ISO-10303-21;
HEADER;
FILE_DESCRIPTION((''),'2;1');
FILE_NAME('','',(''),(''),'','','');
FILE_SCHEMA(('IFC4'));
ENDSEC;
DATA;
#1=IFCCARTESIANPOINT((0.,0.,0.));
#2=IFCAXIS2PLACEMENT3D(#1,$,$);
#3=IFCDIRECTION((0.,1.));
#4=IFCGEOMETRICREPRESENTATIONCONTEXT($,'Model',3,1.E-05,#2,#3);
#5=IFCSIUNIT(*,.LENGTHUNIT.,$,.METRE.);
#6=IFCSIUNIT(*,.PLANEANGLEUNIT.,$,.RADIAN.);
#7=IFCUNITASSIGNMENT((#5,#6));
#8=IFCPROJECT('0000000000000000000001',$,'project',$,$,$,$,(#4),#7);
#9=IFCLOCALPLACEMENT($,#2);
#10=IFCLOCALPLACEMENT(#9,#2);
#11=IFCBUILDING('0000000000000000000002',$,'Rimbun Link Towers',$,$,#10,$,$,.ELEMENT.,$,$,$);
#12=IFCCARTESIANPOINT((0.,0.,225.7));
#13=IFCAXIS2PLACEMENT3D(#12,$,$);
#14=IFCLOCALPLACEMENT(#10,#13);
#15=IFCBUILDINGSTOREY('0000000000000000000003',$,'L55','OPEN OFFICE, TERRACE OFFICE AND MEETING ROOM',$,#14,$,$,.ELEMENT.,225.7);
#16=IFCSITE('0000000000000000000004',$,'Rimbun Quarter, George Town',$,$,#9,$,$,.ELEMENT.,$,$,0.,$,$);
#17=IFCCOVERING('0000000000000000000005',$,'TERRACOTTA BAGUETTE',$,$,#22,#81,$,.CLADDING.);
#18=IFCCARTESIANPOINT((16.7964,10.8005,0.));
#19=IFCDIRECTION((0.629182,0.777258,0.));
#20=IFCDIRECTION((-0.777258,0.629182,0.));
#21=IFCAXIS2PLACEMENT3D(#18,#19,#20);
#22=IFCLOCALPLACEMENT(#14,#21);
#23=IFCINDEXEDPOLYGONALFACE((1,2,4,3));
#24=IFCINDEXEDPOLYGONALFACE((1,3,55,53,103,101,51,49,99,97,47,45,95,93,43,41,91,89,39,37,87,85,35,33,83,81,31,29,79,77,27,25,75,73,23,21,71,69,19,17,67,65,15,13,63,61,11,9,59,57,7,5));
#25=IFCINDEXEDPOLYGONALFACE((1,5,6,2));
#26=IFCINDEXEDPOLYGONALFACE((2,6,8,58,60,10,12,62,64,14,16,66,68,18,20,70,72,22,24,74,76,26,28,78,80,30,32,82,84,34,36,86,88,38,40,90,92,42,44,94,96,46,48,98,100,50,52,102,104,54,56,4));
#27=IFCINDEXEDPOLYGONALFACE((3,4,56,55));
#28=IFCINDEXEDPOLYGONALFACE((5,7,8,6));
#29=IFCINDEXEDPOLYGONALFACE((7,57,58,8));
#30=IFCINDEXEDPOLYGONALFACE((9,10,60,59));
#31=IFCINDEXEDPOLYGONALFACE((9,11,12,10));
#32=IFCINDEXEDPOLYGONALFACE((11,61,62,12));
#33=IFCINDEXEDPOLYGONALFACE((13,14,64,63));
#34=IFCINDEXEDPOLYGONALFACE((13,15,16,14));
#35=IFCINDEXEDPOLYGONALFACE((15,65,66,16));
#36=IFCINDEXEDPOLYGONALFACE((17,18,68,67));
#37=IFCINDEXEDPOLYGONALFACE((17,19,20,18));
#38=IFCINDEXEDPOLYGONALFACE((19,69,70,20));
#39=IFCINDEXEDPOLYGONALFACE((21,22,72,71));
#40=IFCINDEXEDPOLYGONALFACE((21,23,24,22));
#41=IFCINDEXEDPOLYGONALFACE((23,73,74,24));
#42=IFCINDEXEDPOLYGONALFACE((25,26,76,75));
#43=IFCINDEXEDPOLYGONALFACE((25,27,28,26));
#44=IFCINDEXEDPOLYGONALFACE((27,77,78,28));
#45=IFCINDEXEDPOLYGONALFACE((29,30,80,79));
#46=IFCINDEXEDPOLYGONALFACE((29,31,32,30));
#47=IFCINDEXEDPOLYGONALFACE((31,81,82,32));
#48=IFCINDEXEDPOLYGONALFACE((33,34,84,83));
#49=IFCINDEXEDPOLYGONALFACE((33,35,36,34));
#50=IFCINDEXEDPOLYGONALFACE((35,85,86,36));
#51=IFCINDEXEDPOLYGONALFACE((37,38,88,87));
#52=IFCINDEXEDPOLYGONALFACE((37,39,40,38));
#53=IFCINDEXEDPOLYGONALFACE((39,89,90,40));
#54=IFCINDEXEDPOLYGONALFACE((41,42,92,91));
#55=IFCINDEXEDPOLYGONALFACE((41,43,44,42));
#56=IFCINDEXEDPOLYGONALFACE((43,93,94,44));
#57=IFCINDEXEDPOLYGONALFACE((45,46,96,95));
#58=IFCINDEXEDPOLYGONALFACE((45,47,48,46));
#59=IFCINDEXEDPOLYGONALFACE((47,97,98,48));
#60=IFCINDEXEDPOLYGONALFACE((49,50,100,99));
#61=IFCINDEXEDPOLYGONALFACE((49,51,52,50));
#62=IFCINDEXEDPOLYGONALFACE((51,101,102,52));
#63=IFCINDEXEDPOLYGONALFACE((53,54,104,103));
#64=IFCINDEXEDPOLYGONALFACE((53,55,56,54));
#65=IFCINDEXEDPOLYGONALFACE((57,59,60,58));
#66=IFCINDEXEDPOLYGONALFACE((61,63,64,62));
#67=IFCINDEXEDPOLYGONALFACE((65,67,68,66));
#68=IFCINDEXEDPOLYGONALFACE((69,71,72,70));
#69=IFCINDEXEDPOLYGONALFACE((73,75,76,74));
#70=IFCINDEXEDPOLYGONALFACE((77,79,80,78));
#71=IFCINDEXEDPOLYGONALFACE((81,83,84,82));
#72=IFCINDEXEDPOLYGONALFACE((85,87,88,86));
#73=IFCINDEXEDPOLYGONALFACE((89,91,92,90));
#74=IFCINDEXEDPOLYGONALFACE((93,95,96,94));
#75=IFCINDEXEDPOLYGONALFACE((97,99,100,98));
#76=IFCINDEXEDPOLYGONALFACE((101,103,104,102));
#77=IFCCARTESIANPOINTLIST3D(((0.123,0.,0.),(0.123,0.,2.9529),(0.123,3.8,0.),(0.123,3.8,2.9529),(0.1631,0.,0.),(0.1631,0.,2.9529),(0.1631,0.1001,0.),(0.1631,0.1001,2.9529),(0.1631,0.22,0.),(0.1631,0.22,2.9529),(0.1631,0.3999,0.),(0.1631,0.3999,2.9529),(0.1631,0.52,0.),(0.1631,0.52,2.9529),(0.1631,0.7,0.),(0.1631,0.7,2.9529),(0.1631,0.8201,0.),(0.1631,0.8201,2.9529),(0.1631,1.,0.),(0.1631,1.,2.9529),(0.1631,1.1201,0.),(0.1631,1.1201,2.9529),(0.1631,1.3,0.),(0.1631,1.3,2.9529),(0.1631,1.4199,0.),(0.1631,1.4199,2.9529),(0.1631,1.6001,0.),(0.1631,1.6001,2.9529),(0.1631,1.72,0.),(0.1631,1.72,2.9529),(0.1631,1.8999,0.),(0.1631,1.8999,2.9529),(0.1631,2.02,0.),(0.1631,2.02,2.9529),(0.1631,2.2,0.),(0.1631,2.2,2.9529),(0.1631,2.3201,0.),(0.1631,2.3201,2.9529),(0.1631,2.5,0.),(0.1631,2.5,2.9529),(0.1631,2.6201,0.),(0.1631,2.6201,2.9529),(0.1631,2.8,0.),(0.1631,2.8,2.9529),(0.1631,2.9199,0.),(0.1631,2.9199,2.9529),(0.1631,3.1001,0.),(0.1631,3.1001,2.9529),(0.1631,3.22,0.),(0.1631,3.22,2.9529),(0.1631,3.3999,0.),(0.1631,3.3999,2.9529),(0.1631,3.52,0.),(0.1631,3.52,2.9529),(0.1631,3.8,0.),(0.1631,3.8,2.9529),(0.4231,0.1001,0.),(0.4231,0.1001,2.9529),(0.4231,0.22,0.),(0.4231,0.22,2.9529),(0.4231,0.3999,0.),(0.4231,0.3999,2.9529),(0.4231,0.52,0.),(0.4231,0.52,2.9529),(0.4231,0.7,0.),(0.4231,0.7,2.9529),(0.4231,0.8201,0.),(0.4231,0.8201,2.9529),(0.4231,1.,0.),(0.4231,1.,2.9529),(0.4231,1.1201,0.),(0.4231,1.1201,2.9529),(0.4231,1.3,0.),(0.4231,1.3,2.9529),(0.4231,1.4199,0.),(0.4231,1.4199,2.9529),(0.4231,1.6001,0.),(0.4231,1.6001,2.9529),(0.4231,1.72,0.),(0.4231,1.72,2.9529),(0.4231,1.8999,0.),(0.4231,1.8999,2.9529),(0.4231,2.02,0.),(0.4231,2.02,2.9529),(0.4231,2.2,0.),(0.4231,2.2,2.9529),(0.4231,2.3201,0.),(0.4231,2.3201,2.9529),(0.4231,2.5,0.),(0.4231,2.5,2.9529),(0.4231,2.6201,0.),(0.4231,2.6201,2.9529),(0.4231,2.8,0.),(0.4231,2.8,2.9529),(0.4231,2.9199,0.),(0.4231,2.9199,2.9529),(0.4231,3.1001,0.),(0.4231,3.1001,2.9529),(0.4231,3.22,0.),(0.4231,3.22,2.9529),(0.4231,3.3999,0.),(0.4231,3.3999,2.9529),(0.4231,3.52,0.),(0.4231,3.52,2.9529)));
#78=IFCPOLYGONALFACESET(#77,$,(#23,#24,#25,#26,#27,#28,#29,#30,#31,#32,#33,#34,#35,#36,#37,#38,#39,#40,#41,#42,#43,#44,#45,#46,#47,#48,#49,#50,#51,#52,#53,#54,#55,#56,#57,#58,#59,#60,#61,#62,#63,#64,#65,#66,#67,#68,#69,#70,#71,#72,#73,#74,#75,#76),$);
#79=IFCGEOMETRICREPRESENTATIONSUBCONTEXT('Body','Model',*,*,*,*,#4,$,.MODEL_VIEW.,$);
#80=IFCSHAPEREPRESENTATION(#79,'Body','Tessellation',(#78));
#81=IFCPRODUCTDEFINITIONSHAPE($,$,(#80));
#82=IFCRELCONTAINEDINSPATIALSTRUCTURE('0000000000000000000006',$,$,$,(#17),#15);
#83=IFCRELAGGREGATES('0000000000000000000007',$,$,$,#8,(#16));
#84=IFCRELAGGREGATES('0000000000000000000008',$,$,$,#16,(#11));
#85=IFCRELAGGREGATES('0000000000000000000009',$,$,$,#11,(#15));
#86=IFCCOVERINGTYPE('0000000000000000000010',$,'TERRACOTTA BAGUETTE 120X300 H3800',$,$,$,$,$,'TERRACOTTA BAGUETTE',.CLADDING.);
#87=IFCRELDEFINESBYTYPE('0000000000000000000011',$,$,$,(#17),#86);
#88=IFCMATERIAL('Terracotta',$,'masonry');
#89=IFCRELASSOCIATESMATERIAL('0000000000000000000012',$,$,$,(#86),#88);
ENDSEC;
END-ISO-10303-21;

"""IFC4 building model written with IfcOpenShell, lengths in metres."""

from ifc_helpers import new_model, si_unit, direction, frame, origin, place, context, subcontext, project, spatial, polyline, outline, extrude, material, material_profile, profile_set, type_object, element, save


model = new_model("IFC4")

# Units and contexts
model_context = context("Model", 3, precision=1e-05, world=origin(), true_north=direction((0.0, 1.0)))
body_context = subcontext(model_context, "Body", "Model", "MODEL_VIEW")
ifc_project = project(units=[si_unit("LENGTHUNIT", "METRE"), si_unit("PLANEANGLEUNIT", "RADIAN")], contexts=[model_context])

# Site, building, storey
site_placement = place(None, origin())
site = spatial("IfcSite", under=ifc_project, at=site_placement, Name="Rimbun Quarter, George Town", CompositionType="ELEMENT", RefElevation=0.0)
building_placement = place(site_placement, origin())
building = spatial("IfcBuilding", under=site, at=building_placement, Name="Rimbun Link Towers", CompositionType="ELEMENT")
storey_placement = place(building_placement, frame((0.0, 0.0, 225.7)))
storey = spatial("IfcBuildingStorey", under=building, at=storey_placement, Name="L55", Description="OPEN OFFICE, TERRACE OFFICE AND MEETING ROOM", CompositionType="ELEMENT", Elevation=225.7)

# Covering
ifc_material_1 = material(Name="Terracotta", Category="masonry")
ifc_material_profile_1 = material_profile(ifc_material_1, outline(polyline([(0.123, 0.0), (0.1631, 0.0), (0.1631, 0.1001), (0.4231, 0.1001), (0.4231, 0.22), (0.1631, 0.22), (0.1631, 0.3999), (0.4231, 0.3999), (0.4231, 0.52), (0.1631, 0.52), (0.1631, 0.7), (0.4231, 0.7), (0.4231, 0.8201), (0.1631, 0.8201), (0.1631, 1.0), (0.4231, 1.0), (0.4231, 1.1201), (0.1631, 1.1201), (0.1631, 1.3), (0.4231, 1.3), (0.4231, 1.4199), (0.1631, 1.4199), (0.1631, 1.6001), (0.4231, 1.6001), (0.4231, 1.72), (0.1631, 1.72), (0.1631, 1.8999), (0.4231, 1.8999), (0.4231, 2.02), (0.1631, 2.02), (0.1631, 2.2), (0.4231, 2.2), (0.4231, 2.3201), (0.1631, 2.3201), (0.1631, 2.5), (0.4231, 2.5), (0.4231, 2.6201), (0.1631, 2.6201), (0.1631, 2.8), (0.4231, 2.8), (0.4231, 2.9199), (0.1631, 2.9199), (0.1631, 3.1001), (0.4231, 3.1001), (0.4231, 3.22), (0.1631, 3.22), (0.1631, 3.3999), (0.4231, 3.3999), (0.4231, 3.52), (0.1631, 3.52), (0.1631, 3.8), (0.123, 3.8), (0.123, 0.0)])), Name="BAGUETTE 120X300")
ifc_profile_set_1 = profile_set([ifc_material_profile_1], Name="Terracotta")
covering_type = type_object("IfcCoveringType", Name="TERRACOTTA BAGUETTE 120X300 H3800", ElementType="TERRACOTTA BAGUETTE", PredefinedType="CLADDING", material=ifc_profile_set_1)
covering_1_placement = place(storey_placement, frame((16.7964, 10.8005, 0.0), z_axis=(0.629182, 0.777258, 0.0), x_axis=(-0.777258, 0.629182, 0.0)))
element("IfcCovering", 1, at=covering_1_placement, inside=storey, type_object=covering_type, Name="TERRACOTTA BAGUETTE", PredefinedType="CLADDING", context=body_context, shape_type="SweptSolid", body=[
    extrude(outline(polyline([(0.123, 0.0), (0.1631, 0.0), (0.1631, 0.1001), (0.4231, 0.1001), (0.4231, 0.22), (0.1631, 0.22), (0.1631, 0.3999), (0.4231, 0.3999), (0.4231, 0.52), (0.1631, 0.52), (0.1631, 0.7), (0.4231, 0.7), (0.4231, 0.8201), (0.1631, 0.8201), (0.1631, 1.0), (0.4231, 1.0), (0.4231, 1.1201), (0.1631, 1.1201), (0.1631, 1.3), (0.4231, 1.3), (0.4231, 1.4199), (0.1631, 1.4199), (0.1631, 1.6001), (0.4231, 1.6001), (0.4231, 1.72), (0.1631, 1.72), (0.1631, 1.8999), (0.4231, 1.8999), (0.4231, 2.02), (0.1631, 2.02), (0.1631, 2.2), (0.4231, 2.2), (0.4231, 2.3201), (0.1631, 2.3201), (0.1631, 2.5), (0.4231, 2.5), (0.4231, 2.6201), (0.1631, 2.6201), (0.1631, 2.8), (0.4231, 2.8), (0.4231, 2.9199), (0.1631, 2.9199), (0.1631, 3.1001), (0.4231, 3.1001), (0.4231, 3.22), (0.1631, 3.22), (0.1631, 3.3999), (0.4231, 3.3999), (0.4231, 3.52), (0.1631, 3.52), (0.1631, 3.8), (0.123, 3.8), (0.123, 0.0)])), origin(), (0.0, 0.0, 1.0), 2.9529),
])

save(model, "model.ifc")
